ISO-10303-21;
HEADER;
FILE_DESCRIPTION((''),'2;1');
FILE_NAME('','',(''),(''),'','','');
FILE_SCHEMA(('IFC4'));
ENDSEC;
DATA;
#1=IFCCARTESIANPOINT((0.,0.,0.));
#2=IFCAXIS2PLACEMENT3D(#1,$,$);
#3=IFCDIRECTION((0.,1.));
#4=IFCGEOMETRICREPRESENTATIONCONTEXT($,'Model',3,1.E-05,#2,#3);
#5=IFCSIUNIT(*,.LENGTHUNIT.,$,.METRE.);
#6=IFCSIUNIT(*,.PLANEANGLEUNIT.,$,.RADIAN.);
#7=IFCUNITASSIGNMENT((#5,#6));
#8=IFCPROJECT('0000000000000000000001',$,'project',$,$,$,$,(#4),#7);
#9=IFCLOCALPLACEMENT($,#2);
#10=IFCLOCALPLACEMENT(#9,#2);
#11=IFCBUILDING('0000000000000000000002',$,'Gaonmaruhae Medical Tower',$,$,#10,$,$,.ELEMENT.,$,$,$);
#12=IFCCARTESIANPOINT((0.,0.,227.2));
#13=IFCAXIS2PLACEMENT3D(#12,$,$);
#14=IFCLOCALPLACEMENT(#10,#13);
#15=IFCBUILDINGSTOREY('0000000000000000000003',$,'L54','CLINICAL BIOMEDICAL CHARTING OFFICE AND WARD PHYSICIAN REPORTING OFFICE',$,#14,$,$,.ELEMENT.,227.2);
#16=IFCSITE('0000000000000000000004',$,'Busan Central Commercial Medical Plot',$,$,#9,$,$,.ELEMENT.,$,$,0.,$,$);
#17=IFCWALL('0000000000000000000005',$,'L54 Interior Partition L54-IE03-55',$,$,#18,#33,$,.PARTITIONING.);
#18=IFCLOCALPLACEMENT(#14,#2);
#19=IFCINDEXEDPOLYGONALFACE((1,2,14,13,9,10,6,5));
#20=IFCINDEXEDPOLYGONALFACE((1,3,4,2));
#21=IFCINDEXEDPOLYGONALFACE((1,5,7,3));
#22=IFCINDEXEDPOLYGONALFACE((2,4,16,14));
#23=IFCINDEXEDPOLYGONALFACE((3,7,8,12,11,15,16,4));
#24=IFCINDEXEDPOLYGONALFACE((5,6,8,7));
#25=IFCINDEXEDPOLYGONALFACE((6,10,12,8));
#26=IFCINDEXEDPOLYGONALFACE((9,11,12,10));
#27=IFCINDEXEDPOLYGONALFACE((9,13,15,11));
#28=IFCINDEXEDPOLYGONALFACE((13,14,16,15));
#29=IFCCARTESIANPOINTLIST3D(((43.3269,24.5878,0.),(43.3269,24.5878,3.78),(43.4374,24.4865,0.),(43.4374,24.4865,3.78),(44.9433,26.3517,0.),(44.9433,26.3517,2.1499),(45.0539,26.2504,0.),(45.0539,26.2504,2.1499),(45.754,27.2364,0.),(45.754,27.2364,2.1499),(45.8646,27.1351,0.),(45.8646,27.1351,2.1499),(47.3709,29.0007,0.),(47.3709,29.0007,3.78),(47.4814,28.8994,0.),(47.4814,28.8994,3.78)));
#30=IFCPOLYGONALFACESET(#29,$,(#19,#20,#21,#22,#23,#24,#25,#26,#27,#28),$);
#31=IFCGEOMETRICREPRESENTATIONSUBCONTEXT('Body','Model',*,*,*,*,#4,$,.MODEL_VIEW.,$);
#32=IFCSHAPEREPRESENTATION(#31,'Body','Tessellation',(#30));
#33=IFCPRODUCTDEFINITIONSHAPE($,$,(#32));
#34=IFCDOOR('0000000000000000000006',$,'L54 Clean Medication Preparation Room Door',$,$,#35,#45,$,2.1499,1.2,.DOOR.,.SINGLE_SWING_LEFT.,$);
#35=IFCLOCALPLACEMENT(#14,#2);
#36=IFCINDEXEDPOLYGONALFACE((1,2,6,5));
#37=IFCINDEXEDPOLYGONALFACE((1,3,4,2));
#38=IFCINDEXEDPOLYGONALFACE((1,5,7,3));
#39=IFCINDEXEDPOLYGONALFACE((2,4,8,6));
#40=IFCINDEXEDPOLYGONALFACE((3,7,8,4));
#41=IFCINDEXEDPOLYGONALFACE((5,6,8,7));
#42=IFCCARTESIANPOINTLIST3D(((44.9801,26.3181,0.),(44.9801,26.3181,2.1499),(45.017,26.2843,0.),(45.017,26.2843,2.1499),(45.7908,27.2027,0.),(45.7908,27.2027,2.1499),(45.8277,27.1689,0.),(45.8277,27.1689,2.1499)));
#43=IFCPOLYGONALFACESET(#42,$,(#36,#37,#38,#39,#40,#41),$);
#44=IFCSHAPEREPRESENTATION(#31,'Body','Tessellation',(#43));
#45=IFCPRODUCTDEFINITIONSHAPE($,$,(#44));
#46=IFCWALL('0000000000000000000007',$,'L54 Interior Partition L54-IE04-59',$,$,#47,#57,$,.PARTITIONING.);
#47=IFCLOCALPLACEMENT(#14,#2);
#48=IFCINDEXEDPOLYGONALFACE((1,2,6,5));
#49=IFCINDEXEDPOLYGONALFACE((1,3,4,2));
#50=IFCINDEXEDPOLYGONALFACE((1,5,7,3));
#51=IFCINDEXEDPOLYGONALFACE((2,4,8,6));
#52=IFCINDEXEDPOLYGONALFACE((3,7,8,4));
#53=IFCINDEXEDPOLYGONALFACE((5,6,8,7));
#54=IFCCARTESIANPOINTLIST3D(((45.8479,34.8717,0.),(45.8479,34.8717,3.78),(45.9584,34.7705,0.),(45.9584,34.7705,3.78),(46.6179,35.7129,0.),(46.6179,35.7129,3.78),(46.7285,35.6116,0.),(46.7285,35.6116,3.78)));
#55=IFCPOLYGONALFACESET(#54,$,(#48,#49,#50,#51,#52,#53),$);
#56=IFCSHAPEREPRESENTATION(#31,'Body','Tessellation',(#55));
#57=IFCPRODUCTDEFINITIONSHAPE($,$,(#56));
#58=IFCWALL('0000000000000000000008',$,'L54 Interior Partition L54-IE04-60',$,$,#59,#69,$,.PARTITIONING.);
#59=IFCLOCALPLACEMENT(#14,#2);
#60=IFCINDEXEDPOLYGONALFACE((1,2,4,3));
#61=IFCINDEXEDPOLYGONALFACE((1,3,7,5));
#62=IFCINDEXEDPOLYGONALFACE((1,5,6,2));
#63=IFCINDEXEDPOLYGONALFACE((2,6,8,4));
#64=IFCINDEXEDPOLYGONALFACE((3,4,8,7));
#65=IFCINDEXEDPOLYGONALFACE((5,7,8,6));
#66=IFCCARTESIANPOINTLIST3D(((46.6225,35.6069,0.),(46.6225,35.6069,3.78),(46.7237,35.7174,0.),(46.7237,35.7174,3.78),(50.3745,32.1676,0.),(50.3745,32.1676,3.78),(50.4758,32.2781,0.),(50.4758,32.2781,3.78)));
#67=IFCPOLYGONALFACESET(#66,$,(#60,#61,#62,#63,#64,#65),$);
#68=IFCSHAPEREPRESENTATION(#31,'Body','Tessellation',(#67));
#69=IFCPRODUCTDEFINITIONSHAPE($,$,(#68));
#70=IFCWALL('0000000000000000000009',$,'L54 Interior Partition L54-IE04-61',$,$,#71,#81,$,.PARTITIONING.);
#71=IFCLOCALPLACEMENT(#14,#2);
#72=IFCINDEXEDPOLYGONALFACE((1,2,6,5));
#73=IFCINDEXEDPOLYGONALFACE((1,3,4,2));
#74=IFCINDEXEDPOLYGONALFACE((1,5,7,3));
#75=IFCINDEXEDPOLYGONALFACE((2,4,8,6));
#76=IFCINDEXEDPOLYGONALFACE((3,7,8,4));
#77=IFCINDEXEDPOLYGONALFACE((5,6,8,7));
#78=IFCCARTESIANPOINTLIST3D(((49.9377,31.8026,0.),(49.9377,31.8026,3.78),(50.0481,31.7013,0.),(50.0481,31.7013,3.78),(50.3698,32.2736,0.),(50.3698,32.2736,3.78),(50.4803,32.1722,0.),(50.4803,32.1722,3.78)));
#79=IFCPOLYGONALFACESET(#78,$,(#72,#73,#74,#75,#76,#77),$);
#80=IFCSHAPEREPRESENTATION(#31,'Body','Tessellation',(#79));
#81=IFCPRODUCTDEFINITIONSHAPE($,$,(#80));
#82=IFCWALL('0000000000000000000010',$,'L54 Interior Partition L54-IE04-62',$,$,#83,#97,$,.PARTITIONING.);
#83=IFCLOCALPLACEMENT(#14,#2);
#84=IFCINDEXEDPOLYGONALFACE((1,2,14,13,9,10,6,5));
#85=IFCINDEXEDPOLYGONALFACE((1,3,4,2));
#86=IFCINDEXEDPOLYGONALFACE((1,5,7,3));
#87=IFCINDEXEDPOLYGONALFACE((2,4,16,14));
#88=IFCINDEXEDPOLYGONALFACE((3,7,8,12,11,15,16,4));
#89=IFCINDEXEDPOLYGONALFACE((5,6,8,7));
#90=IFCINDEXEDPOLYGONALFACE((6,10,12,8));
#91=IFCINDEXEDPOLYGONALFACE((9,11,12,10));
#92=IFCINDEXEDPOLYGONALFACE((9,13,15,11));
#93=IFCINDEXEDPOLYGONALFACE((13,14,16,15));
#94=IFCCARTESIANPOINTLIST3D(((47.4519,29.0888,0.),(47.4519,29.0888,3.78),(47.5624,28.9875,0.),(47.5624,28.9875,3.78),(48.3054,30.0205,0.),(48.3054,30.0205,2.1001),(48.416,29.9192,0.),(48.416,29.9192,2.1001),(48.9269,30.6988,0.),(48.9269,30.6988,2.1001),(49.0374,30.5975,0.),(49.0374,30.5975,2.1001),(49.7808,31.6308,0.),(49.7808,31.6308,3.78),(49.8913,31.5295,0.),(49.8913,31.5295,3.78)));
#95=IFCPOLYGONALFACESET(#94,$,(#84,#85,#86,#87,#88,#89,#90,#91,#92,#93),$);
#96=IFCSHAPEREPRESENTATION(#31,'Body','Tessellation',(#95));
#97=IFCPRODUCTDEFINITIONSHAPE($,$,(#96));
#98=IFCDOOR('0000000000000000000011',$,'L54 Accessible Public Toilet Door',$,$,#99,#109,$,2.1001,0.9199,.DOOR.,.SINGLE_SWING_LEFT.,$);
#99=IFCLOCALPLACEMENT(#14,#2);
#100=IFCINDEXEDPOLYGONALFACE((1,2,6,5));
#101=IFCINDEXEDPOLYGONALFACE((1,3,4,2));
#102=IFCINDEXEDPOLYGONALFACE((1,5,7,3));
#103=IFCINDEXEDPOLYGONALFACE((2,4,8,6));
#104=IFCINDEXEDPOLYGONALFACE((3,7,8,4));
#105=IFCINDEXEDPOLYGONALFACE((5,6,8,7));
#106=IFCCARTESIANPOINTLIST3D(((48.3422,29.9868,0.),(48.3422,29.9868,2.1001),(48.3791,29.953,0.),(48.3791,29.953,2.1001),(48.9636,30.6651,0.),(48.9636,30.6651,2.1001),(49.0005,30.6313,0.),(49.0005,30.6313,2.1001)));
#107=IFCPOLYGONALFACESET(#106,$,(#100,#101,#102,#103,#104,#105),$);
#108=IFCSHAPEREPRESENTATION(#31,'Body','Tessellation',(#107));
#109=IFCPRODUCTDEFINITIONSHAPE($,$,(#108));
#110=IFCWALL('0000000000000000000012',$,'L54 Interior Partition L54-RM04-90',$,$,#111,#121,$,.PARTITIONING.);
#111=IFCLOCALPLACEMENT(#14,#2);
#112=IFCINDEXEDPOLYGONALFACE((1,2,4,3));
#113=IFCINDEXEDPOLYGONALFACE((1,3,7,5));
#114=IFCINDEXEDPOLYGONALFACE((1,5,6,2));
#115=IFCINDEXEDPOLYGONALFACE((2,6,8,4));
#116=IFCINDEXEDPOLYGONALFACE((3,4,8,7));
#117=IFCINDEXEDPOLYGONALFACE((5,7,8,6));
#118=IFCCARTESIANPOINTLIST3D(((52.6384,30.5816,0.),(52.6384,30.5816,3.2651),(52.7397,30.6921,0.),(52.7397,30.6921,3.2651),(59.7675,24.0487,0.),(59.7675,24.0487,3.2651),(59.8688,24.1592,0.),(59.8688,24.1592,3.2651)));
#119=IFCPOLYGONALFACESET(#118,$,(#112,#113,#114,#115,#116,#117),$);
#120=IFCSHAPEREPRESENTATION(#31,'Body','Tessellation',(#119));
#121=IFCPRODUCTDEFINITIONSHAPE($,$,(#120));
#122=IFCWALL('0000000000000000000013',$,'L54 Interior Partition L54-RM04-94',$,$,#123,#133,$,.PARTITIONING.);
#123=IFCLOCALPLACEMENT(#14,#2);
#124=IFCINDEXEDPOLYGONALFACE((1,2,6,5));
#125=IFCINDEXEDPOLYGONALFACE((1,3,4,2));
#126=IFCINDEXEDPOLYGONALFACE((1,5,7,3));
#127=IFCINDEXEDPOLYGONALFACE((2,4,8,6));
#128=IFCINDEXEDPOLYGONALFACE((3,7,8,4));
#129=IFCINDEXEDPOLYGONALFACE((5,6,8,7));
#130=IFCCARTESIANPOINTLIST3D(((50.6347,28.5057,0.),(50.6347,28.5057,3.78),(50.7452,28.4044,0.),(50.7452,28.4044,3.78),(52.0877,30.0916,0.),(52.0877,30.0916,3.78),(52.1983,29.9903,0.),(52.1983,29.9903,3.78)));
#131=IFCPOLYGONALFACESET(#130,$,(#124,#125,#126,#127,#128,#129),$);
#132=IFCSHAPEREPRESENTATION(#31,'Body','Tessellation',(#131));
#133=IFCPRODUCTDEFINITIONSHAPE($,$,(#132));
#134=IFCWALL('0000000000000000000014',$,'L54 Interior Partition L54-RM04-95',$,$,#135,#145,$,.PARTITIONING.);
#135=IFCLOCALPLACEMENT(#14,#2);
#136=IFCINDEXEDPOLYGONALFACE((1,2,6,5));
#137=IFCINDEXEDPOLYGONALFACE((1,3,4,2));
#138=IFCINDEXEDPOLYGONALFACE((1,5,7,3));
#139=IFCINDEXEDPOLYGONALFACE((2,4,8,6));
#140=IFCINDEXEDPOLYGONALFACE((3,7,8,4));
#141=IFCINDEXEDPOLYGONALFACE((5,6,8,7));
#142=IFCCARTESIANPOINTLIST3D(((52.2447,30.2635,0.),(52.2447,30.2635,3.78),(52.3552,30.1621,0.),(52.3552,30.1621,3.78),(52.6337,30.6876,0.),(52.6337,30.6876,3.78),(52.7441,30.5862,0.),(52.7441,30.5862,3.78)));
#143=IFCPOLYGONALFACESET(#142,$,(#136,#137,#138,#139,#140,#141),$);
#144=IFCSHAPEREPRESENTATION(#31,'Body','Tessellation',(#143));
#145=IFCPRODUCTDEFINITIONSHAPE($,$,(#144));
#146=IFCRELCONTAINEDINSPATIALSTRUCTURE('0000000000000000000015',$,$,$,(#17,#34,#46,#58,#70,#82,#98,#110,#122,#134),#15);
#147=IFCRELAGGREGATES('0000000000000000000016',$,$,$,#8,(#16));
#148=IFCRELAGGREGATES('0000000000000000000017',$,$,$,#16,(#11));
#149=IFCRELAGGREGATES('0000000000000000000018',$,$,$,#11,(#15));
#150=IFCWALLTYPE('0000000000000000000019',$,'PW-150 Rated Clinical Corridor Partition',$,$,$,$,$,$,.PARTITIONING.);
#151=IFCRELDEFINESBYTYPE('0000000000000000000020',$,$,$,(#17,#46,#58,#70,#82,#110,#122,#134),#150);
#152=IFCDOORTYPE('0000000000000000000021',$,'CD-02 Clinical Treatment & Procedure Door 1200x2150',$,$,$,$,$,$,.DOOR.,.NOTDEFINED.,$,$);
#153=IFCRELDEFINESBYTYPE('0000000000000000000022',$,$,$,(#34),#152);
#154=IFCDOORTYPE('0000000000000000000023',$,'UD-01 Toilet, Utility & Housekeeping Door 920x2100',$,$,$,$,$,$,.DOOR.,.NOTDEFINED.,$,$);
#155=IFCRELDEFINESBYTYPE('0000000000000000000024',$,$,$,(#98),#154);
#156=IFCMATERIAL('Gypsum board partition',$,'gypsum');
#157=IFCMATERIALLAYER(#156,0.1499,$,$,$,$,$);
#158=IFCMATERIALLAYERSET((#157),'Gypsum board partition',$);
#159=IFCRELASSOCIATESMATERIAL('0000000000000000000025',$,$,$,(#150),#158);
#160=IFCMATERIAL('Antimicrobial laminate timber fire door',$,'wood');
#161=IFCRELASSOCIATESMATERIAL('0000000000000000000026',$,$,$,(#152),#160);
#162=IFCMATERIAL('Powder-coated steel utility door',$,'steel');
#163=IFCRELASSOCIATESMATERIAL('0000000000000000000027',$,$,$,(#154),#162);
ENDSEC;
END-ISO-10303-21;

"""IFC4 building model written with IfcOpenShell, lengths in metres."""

from ifc_helpers import new_model, si_unit, direction, frame, frame_2d, origin, place, context, subcontext, project, spatial, rectangle, extrude, material, layer, layer_set, type_object, element, fill, save


model = new_model("IFC4")

# Units and contexts
model_context = context("Model", 3, precision=1e-05, world=origin(), true_north=direction((0.0, 1.0)))
body_context = subcontext(model_context, "Body", "Model", "MODEL_VIEW")
ifc_project = project(units=[si_unit("LENGTHUNIT", "METRE"), si_unit("PLANEANGLEUNIT", "RADIAN")], contexts=[model_context])

# Site, building, storey
site_placement = place(None, origin())
site = spatial("IfcSite", under=ifc_project, at=site_placement, Name="Busan Central Commercial Medical Plot", CompositionType="ELEMENT", RefElevation=0.0)
building_placement = place(site_placement, origin())
building = spatial("IfcBuilding", under=site, at=building_placement, Name="Gaonmaruhae Medical Tower", CompositionType="ELEMENT")
storey_placement = place(building_placement, frame((0.0, 0.0, 227.2)))
storey = spatial("IfcBuildingStorey", under=building, at=storey_placement, Name="L54", Description="CLINICAL BIOMEDICAL CHARTING OFFICE AND WARD PHYSICIAN REPORTING OFFICE", CompositionType="ELEMENT", Elevation=227.2)

# Wall, opening, door
ifc_material_1 = material(Name="Gypsum board partition", Category="gypsum")
ifc_layer_1 = layer(ifc_material_1, 0.1499)
ifc_layer_set_1 = layer_set([ifc_layer_1], Name="Gypsum board partition")
wall_type_1 = type_object("IfcWallType", Name="PW-150 Rated Clinical Corridor Partition", PredefinedType="PARTITIONING", material=ifc_layer_set_1)
wall_1_placement = place(storey_placement, frame((47.426, 28.95, 0.0), z_axis=(0.0, 0.0, 1.0), x_axis=(-0.675619, -0.737251, 0.0)))
wall_1 = element("IfcWall", 1, at=wall_1_placement, inside=storey, type_object=wall_type_1, Name="L54 Interior Partition L54-IE03-55", PredefinedType="PARTITIONING", context=body_context, shape_type="SweptSolid", body=[
    extrude(rectangle(XDim=5.9856, YDim=0.1499, at=frame_2d((2.9927, 0.0))), origin(), (0.0, 0.0, 1.0), 3.78),
])
opening_1_placement = place(wall_1_placement, frame((2.3928, 0.0, 0.0)))
opening_1 = element("IfcOpeningElement", 2, at=opening_1_placement, cuts=wall_1, PredefinedType="OPENING", context=body_context, shape_type="SweptSolid", body=[
    extrude(rectangle(XDim=1.2, YDim=2.1499, at=frame_2d((0.6001, 1.075))), frame((0.0, 0.085, 0.0), z_axis=(0.0, -1.0, 0.0), x_axis=(1.0, 0.0, 0.0)), (0.0, 0.0, 1.0), 0.1699),
])
ifc_material_2 = material(Name="Antimicrobial laminate timber fire door", Category="wood")
door_type_1 = type_object("IfcDoorType", Name="CD-02 Clinical Treatment & Procedure Door 1200x2150", OperationType="NOTDEFINED", PredefinedType="DOOR", material=ifc_material_2)
door_1_placement = place(opening_1_placement, origin())
door_1 = element("IfcDoor", 3, at=door_1_placement, inside=storey, type_object=door_type_1, Name="L54 Clean Medication Preparation Room Door", OperationType="SINGLE_SWING_LEFT", OverallHeight=2.1499, OverallWidth=1.2, PredefinedType="DOOR", context=body_context, shape_type="SweptSolid", body=[
    extrude(rectangle(XDim=1.2, YDim=2.1499, at=frame_2d((0.6001, 1.075))), frame((0.0, 0.0249, 0.0), z_axis=(0.0, -1.0, 0.0), x_axis=(1.0, 0.0, 0.0)), (0.0, 0.0, 1.0), 0.05),
])
fill(opening_1, door_1)

# Walls
wall_2_placement = place(storey_placement, frame((45.9031, 34.821, 0.0), z_axis=(0.0, 0.0, 1.0), x_axis=(0.675269, 0.737572, 0.0)))
element("IfcWall", 4, at=wall_2_placement, inside=storey, type_object=wall_type_1, Name="L54 Interior Partition L54-IE04-59", PredefinedType="PARTITIONING", context=body_context, shape_type="SweptSolid", body=[
    extrude(rectangle(XDim=1.1404, YDim=0.1499, at=frame_2d((0.5703, 0.0))), origin(), (0.0, 0.0, 1.0), 3.78),
])
wall_3_placement = place(storey_placement, frame((46.6731, 35.6621, 0.0), z_axis=(0.0, 0.0, 1.0), x_axis=(0.737162, -0.675716, 0.0)))
element("IfcWall", 5, at=wall_3_placement, inside=storey, type_object=wall_type_1, Name="L54 Interior Partition L54-IE04-60", PredefinedType="PARTITIONING", context=body_context, shape_type="SweptSolid", body=[
    extrude(rectangle(XDim=5.0898, YDim=0.1499, at=frame_2d((2.5449, 0.0))), origin(), (0.0, 0.0, 1.0), 3.78),
])
wall_4_placement = place(storey_placement, frame((50.425, 32.2229, 0.0), z_axis=(0.0, 0.0, 1.0), x_axis=(-0.676088, -0.736821, 0.0)))
element("IfcWall", 6, at=wall_4_placement, inside=storey, type_object=wall_type_1, Name="L54 Interior Partition L54-IE04-61", PredefinedType="PARTITIONING", context=body_context, shape_type="SweptSolid", body=[
    extrude(rectangle(XDim=0.6392, YDim=0.1499, at=frame_2d((0.3196, 0.0))), origin(), (0.0, 0.0, 1.0), 3.78),
])

# Wall, opening, door
wall_5_placement = place(storey_placement, frame((49.8359, 31.5801, 0.0), z_axis=(0.0, 0.0, 1.0), x_axis=(-0.675519, -0.737342, 0.0)))
wall_5 = element("IfcWall", 7, at=wall_5_placement, inside=storey, type_object=wall_type_1, Name="L54 Interior Partition L54-IE04-62", PredefinedType="PARTITIONING", context=body_context, shape_type="SweptSolid", body=[
    extrude(rectangle(XDim=3.4475, YDim=0.1499, at=frame_2d((1.7236, 0.0))), origin(), (0.0, 0.0, 1.0), 3.78),
])
opening_2_placement = place(wall_5_placement, frame((1.2639, 0.0, 0.0)))
opening_2 = element("IfcOpeningElement", 8, at=opening_2_placement, cuts=wall_5, PredefinedType="OPENING", context=body_context, shape_type="SweptSolid", body=[
    extrude(rectangle(XDim=0.9199, YDim=2.1001, at=frame_2d((0.46, 1.05))), frame((0.0, 0.085, 0.0), z_axis=(0.0, -1.0, 0.0), x_axis=(1.0, 0.0, 0.0)), (0.0, 0.0, 1.0), 0.1699),
])
ifc_material_3 = material(Name="Powder-coated steel utility door", Category="steel")
door_type_2 = type_object("IfcDoorType", Name="UD-01 Toilet, Utility & Housekeeping Door 920x2100", OperationType="NOTDEFINED", PredefinedType="DOOR", material=ifc_material_3)
door_2_placement = place(opening_2_placement, origin())
door_2 = element("IfcDoor", 9, at=door_2_placement, inside=storey, type_object=door_type_2, Name="L54 Accessible Public Toilet Door", OperationType="SINGLE_SWING_LEFT", OverallHeight=2.1001, OverallWidth=0.9199, PredefinedType="DOOR", context=body_context, shape_type="SweptSolid", body=[
    extrude(rectangle(XDim=0.9199, YDim=2.1001, at=frame_2d((0.46, 1.05))), frame((0.0, 0.0249, 0.0), z_axis=(0.0, -1.0, 0.0), x_axis=(1.0, 0.0, 0.0)), (0.0, 0.0, 1.0), 0.05),
])
fill(opening_2, door_2)

# Walls
wall_6_placement = place(storey_placement, frame((52.689, 30.637, 0.0), z_axis=(0.0, 0.0, 1.0), x_axis=(0.737262, -0.675607, 0.0)))
element("IfcWall", 10, at=wall_6_placement, inside=storey, type_object=wall_type_1, Name="L54 Interior Partition L54-RM04-90", PredefinedType="PARTITIONING", context=body_context, shape_type="SweptSolid", body=[
    extrude(rectangle(XDim=9.6697, YDim=0.1499, at=frame_2d((4.835, 0.0))), origin(), (0.0, 0.0, 1.0), 3.2651),
])
wall_7_placement = place(storey_placement, frame((50.6899, 28.4551, 0.0), z_axis=(0.0, 0.0, 1.0), x_axis=(0.67556, 0.737305, 0.0)))
element("IfcWall", 11, at=wall_7_placement, inside=storey, type_object=wall_type_1, Name="L54 Interior Partition L54-RM04-94", PredefinedType="PARTITIONING", context=body_context, shape_type="SweptSolid", body=[
    extrude(rectangle(XDim=2.1509, YDim=0.1499, at=frame_2d((1.0754, 0.0))), origin(), (0.0, 0.0, 1.0), 3.78),
])
wall_8_placement = place(storey_placement, frame((52.3, 30.2129, 0.0), z_axis=(0.0, 0.0, 1.0), x_axis=(0.675898, 0.736996, 0.0)))
element("IfcWall", 12, at=wall_8_placement, inside=storey, type_object=wall_type_1, Name="L54 Interior Partition L54-RM04-95", PredefinedType="PARTITIONING", context=body_context, shape_type="SweptSolid", body=[
    extrude(rectangle(XDim=0.5754, YDim=0.1499, at=frame_2d((0.2876, 0.0))), origin(), (0.0, 0.0, 1.0), 3.78),
])

save(model, "model.ifc")
